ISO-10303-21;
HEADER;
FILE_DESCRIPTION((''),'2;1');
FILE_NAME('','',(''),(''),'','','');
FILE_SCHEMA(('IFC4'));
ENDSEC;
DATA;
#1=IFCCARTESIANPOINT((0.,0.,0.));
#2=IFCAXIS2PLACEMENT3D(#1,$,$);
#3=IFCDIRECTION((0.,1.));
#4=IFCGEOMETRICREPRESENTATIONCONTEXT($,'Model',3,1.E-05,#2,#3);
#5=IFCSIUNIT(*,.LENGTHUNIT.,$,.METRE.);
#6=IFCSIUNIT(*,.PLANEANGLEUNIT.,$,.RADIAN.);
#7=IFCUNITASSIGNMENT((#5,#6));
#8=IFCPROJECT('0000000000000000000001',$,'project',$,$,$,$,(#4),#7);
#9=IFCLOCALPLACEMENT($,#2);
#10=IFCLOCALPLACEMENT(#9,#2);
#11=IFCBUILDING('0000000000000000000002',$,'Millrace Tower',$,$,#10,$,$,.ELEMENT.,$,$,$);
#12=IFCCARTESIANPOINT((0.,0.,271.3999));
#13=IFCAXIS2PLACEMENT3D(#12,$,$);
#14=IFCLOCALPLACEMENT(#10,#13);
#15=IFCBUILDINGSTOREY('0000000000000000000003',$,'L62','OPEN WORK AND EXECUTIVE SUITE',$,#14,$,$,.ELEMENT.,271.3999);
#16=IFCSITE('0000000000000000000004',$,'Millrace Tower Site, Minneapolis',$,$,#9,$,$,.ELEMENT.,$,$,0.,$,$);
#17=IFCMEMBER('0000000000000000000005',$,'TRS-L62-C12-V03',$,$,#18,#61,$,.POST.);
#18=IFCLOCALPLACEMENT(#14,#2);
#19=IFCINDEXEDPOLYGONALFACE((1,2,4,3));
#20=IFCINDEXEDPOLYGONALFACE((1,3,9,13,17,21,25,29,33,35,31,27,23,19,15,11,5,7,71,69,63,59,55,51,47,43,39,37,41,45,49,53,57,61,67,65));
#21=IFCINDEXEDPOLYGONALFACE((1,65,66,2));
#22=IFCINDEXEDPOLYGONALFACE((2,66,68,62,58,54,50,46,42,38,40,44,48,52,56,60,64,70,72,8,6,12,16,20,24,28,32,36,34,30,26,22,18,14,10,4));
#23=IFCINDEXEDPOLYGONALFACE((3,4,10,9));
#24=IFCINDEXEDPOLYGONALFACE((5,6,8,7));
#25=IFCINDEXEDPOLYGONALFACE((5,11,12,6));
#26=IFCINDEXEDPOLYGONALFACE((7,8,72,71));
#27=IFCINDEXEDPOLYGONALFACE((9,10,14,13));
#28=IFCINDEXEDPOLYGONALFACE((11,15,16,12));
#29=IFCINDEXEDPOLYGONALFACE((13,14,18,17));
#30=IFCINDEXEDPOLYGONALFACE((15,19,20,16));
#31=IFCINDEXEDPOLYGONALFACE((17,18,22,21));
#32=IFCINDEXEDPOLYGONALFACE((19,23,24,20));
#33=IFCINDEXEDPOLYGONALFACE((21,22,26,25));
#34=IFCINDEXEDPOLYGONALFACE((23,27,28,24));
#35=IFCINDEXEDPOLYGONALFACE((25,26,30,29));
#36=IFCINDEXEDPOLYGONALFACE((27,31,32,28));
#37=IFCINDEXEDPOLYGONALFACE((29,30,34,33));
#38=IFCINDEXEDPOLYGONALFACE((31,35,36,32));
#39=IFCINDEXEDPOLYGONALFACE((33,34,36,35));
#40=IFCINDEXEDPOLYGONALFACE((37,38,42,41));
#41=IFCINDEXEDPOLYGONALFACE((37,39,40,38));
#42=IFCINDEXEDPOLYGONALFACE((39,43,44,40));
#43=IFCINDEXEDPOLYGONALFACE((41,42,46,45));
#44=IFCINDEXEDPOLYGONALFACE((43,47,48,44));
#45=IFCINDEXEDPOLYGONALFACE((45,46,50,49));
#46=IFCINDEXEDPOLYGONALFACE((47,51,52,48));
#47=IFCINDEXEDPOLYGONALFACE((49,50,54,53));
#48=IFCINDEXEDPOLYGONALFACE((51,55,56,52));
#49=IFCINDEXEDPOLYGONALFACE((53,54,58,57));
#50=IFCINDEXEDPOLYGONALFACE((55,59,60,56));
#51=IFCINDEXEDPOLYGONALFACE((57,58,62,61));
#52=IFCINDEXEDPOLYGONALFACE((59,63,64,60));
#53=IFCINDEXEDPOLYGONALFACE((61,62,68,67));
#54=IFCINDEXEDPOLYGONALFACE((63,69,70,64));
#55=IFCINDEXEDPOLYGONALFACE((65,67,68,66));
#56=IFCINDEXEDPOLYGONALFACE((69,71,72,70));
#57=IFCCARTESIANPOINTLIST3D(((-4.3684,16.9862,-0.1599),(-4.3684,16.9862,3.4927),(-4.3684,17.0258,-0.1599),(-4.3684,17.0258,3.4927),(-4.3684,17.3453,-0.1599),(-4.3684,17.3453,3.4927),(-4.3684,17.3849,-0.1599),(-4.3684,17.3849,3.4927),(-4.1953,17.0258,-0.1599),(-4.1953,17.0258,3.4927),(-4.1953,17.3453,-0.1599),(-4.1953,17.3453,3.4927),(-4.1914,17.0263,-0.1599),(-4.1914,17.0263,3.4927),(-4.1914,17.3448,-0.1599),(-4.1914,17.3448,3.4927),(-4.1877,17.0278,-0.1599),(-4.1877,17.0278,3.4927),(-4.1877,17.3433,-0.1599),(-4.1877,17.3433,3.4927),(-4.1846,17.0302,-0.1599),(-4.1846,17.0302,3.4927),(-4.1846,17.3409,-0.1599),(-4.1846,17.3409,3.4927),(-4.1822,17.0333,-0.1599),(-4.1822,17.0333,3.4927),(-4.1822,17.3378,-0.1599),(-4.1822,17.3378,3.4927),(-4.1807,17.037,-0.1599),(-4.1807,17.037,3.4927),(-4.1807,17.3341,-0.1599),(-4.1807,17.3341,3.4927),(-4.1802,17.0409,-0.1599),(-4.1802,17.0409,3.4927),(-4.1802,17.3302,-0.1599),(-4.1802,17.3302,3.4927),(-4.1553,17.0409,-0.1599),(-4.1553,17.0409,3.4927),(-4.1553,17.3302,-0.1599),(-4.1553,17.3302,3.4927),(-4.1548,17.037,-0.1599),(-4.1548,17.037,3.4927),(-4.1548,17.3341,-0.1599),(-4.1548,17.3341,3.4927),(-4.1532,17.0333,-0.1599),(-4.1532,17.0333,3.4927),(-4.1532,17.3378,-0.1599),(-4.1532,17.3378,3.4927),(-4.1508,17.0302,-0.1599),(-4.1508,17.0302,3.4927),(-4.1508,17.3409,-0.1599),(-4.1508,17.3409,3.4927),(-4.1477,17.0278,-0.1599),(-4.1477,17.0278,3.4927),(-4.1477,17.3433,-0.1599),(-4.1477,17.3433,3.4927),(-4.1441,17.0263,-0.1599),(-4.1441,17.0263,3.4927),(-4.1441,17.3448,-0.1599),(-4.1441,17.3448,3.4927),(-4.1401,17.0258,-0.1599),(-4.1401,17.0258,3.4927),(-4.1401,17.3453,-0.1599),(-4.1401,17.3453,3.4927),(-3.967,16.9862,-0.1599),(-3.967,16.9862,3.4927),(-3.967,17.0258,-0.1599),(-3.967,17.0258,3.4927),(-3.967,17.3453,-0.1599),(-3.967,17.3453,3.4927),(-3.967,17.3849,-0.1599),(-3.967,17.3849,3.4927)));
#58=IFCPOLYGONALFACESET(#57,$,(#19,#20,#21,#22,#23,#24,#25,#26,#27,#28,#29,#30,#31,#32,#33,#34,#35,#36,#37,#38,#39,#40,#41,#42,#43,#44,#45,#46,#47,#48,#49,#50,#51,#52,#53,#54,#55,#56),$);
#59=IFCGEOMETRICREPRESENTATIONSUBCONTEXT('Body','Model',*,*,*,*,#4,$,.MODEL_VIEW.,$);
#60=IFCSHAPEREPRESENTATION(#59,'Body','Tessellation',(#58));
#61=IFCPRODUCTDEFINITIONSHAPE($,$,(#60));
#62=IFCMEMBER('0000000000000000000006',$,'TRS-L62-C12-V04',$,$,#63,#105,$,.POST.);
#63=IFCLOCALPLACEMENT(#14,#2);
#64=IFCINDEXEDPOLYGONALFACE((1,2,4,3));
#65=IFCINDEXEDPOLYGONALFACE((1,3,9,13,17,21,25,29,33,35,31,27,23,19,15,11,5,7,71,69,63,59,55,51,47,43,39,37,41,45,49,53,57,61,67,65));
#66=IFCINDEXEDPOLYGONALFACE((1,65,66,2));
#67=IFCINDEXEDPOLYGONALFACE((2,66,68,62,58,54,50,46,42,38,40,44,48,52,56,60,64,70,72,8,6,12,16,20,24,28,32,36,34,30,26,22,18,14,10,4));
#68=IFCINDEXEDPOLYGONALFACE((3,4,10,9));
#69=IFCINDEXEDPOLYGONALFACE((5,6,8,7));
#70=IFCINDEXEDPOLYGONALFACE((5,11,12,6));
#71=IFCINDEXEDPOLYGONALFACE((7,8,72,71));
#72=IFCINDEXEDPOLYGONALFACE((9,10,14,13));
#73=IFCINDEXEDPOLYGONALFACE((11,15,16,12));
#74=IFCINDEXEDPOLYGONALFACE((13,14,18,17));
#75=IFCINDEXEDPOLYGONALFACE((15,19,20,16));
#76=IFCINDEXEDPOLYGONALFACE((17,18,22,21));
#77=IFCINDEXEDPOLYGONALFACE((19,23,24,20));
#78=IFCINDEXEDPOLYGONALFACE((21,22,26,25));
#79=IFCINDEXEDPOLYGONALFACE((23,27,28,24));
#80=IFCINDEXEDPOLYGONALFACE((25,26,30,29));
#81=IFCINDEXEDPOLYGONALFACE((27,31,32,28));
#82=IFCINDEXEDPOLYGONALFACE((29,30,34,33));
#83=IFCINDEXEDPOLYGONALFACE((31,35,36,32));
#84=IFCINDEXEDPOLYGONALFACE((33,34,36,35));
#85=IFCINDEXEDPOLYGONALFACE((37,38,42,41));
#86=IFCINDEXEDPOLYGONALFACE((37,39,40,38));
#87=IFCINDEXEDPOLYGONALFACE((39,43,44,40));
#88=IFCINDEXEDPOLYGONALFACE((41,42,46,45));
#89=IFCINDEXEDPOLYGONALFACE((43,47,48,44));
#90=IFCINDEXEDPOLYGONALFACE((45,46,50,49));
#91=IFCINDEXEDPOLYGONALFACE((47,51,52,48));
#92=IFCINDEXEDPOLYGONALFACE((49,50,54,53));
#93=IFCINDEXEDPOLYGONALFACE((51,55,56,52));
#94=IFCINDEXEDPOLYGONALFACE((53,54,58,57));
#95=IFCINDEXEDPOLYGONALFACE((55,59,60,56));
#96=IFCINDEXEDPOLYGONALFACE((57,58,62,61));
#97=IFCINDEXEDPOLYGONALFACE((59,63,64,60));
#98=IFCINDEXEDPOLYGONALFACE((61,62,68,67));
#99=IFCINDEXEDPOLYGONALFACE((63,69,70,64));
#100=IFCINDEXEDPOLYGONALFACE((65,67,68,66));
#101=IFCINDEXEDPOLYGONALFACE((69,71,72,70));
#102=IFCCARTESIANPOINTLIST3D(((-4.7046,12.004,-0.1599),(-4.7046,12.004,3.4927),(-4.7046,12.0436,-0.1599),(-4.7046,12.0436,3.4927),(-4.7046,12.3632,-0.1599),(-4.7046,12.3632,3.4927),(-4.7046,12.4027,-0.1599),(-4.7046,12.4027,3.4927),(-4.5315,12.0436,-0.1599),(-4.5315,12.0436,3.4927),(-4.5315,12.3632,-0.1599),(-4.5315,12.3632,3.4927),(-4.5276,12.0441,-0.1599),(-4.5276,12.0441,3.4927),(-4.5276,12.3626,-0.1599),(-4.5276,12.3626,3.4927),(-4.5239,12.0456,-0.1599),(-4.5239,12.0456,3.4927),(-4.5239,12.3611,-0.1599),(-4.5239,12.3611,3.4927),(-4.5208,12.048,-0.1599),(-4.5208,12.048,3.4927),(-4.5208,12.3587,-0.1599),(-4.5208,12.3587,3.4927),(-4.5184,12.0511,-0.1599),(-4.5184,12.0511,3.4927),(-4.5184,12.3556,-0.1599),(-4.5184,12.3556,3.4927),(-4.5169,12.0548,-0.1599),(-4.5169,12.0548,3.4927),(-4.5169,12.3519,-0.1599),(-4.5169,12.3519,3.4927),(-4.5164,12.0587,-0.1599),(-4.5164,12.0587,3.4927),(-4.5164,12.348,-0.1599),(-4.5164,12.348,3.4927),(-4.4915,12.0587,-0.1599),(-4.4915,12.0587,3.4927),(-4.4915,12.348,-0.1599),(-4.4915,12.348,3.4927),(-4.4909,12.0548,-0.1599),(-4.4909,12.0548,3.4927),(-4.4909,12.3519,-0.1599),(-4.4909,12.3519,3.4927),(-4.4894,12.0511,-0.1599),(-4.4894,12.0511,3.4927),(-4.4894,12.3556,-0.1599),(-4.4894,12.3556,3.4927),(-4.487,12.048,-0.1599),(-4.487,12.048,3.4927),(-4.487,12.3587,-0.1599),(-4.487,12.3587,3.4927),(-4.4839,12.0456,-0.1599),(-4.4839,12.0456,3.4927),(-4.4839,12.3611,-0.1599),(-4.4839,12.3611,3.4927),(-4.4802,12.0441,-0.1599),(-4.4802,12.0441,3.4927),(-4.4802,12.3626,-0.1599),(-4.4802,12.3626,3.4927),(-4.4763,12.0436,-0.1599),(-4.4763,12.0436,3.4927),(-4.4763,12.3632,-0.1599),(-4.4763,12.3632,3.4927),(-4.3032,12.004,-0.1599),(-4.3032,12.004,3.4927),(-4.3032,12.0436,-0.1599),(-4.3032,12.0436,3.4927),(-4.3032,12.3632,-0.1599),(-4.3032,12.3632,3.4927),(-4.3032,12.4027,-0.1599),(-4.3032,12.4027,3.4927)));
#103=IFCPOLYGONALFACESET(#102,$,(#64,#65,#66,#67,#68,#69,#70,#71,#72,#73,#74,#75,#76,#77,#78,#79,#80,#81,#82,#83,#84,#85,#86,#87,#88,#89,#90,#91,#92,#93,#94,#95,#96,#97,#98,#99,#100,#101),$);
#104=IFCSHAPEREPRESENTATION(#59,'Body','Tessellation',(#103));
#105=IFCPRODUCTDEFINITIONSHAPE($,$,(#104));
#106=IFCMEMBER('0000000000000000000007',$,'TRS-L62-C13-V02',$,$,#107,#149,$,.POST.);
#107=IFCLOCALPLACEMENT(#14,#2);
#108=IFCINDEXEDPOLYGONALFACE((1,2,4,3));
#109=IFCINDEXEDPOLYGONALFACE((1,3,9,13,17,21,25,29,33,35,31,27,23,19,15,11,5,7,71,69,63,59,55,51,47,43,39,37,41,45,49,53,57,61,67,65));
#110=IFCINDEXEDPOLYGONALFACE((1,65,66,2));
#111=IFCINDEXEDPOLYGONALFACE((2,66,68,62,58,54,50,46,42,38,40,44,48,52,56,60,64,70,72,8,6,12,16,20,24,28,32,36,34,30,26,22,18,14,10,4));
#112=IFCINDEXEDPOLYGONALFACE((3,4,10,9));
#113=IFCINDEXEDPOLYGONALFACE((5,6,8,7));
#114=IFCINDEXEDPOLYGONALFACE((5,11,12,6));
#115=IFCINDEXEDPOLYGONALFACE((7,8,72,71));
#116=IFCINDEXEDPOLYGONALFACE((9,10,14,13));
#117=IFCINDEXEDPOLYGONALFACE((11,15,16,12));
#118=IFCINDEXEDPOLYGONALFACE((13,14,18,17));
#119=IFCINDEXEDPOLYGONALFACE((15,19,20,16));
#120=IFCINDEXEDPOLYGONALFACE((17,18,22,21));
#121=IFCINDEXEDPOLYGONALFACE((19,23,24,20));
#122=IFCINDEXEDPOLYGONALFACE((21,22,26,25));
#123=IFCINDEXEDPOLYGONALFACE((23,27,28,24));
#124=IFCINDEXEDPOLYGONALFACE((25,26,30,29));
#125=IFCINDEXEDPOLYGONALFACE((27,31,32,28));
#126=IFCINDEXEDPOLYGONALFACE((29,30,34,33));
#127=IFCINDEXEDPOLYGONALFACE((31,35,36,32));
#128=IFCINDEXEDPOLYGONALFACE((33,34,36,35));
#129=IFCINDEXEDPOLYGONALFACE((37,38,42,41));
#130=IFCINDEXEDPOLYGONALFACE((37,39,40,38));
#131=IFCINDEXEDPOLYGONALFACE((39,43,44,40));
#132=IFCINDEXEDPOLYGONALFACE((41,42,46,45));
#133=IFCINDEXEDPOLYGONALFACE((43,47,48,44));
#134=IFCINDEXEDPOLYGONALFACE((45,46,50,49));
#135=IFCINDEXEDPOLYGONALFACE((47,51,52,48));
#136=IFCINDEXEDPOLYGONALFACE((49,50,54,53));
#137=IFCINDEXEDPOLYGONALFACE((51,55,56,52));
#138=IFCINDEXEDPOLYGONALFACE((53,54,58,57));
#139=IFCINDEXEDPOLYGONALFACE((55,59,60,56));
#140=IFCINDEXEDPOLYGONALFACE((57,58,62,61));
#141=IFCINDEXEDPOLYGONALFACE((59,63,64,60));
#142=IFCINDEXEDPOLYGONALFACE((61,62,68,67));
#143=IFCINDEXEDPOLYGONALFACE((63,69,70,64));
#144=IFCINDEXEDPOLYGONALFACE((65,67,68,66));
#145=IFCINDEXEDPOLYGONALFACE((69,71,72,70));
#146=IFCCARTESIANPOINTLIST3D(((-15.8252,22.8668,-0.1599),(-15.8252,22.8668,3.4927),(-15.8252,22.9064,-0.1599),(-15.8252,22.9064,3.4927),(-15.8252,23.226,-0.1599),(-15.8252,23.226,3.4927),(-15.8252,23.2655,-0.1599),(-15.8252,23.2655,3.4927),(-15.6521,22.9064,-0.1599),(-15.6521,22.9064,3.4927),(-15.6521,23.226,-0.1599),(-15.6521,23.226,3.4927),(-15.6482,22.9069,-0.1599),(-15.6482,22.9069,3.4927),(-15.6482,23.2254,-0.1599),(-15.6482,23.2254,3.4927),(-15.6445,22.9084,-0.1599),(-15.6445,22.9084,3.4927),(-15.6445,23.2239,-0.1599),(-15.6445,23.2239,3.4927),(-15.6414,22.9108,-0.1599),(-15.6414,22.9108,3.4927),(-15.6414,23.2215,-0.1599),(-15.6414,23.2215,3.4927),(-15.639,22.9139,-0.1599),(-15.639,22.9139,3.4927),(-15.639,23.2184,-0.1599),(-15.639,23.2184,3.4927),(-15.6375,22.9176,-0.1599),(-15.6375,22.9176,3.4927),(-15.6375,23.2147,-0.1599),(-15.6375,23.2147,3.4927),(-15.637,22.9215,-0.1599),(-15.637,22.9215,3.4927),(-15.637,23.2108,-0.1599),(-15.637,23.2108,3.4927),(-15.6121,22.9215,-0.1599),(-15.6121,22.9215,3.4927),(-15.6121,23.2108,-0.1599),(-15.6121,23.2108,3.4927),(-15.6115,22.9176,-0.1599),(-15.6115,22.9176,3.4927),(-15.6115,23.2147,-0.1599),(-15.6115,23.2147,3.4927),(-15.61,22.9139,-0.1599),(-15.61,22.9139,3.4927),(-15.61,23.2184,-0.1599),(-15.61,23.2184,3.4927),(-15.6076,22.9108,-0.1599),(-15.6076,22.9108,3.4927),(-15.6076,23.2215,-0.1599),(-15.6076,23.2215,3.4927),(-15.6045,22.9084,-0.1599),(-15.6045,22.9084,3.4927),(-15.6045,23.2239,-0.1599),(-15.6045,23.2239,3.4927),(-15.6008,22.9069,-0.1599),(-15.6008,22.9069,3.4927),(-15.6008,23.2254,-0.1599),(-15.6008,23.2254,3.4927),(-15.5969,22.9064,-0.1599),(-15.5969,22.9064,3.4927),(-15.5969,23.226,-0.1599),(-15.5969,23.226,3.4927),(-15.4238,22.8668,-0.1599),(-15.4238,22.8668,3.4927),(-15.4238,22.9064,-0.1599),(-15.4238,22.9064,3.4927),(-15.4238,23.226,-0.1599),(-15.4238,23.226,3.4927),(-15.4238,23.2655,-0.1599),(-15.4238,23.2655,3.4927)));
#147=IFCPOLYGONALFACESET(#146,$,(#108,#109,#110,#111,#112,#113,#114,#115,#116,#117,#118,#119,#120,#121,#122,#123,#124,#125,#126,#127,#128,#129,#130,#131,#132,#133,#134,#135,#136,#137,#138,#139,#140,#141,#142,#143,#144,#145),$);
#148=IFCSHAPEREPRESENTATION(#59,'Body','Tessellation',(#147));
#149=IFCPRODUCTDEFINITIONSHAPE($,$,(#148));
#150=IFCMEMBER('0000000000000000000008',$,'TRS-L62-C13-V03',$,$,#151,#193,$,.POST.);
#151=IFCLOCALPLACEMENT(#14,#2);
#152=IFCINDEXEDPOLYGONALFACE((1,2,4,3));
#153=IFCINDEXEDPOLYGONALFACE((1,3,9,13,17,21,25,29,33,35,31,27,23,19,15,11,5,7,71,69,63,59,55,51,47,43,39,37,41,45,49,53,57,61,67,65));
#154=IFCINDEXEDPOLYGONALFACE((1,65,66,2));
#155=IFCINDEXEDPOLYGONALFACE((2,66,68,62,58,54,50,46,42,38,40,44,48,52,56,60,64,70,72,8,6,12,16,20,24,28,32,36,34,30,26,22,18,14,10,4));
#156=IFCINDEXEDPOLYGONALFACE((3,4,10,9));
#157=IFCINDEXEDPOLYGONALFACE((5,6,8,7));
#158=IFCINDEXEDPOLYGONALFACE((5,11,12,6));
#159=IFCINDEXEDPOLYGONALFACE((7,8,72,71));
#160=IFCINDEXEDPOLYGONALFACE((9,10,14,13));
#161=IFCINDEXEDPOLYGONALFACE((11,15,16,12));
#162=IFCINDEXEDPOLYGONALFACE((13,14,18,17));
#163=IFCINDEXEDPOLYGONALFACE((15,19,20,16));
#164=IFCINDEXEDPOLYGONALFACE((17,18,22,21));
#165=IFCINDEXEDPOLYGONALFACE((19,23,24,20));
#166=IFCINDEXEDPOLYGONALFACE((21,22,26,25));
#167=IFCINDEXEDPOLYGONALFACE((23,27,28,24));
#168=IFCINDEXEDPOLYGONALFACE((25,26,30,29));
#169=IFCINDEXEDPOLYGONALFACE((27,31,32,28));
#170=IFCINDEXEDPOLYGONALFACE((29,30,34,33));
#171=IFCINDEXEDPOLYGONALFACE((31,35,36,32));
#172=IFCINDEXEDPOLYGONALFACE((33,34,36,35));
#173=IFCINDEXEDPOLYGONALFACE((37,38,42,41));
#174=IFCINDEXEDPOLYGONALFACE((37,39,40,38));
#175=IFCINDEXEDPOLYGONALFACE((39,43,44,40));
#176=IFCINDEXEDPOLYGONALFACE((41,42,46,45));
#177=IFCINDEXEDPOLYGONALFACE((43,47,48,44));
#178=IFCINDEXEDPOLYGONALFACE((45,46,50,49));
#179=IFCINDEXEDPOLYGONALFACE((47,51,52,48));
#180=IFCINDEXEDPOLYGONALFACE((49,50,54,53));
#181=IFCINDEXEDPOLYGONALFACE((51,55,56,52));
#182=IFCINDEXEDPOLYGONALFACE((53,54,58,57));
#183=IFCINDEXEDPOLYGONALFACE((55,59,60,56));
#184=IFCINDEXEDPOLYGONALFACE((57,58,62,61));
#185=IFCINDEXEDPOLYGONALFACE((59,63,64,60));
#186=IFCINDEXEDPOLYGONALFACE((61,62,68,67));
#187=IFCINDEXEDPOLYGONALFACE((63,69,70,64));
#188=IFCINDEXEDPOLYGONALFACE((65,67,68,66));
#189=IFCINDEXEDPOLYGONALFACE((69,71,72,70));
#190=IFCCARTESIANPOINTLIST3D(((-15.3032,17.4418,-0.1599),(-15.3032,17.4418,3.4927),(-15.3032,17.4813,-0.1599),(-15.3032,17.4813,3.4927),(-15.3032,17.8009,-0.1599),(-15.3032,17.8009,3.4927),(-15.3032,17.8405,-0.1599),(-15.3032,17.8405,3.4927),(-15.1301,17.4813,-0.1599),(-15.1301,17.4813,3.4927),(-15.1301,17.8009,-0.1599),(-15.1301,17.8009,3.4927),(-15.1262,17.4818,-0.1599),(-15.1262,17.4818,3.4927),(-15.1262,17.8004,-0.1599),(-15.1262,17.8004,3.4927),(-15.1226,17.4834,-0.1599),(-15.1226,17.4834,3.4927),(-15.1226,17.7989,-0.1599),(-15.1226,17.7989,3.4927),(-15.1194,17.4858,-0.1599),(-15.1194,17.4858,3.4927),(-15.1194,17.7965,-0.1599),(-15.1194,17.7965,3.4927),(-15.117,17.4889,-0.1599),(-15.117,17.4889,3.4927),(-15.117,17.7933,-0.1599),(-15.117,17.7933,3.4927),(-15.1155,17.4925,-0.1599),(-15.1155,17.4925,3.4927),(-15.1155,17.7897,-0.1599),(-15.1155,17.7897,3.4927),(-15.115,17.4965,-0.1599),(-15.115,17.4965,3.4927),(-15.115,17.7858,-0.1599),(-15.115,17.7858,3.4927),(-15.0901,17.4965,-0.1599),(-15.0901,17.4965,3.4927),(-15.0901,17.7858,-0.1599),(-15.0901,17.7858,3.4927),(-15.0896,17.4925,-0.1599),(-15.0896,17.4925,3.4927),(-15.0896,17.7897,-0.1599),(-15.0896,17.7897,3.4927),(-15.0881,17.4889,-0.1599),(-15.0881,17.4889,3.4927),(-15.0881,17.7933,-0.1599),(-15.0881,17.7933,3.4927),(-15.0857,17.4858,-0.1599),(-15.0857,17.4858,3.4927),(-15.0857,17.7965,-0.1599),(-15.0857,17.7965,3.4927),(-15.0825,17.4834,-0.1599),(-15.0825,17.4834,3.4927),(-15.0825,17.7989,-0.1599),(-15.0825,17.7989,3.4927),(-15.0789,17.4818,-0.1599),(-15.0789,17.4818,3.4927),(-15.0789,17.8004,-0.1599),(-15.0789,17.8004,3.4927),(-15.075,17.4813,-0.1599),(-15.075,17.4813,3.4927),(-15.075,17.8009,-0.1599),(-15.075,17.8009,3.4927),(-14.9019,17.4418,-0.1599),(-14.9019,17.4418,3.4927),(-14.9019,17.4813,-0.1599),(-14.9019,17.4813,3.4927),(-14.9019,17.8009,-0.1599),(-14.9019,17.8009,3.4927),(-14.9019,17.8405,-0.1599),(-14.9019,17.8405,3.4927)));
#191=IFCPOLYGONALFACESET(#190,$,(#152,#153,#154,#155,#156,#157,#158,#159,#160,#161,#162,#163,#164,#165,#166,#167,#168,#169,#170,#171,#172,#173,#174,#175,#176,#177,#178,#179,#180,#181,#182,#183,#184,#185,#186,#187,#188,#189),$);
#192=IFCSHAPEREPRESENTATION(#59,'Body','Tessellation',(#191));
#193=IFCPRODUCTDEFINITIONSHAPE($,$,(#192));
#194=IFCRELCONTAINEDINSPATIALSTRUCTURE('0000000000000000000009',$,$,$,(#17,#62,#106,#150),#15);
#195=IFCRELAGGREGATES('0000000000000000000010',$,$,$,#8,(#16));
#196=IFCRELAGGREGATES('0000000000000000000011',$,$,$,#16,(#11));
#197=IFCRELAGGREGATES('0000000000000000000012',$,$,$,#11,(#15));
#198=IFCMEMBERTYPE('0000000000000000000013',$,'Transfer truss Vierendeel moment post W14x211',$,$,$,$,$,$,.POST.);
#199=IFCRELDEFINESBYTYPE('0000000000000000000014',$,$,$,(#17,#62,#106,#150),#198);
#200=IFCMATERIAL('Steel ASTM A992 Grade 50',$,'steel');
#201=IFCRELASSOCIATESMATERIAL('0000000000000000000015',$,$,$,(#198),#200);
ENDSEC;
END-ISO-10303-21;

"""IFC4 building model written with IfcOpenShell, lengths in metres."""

from ifc_helpers import new_model, si_unit, direction, frame, origin, origin_2d, place, context, subcontext, project, spatial, i_section, extrude, material, material_profile, profile_set, type_object, element, save


model = new_model("IFC4")

# Units and contexts
model_context = context("Model", 3, precision=1e-05, world=origin(), true_north=direction((0.0, 1.0)))
body_context = subcontext(model_context, "Body", "Model", "MODEL_VIEW")
ifc_project = project(units=[si_unit("LENGTHUNIT", "METRE"), si_unit("PLANEANGLEUNIT", "RADIAN")], contexts=[model_context])

# Site, building, storey
site_placement = place(None, origin())
site = spatial("IfcSite", under=ifc_project, at=site_placement, Name="Millrace Tower Site, Minneapolis", CompositionType="ELEMENT", RefElevation=0.0)
building_placement = place(site_placement, origin())
building = spatial("IfcBuilding", under=site, at=building_placement, Name="Millrace Tower", CompositionType="ELEMENT")
storey_placement = place(building_placement, frame((0.0, 0.0, 271.3999)))
storey = spatial("IfcBuildingStorey", under=building, at=storey_placement, Name="L62", Description="OPEN WORK AND EXECUTIVE SUITE", CompositionType="ELEMENT", Elevation=271.3999)

# Members
ifc_material_1 = material(Name="Steel ASTM A992 Grade 50", Category="steel")
ifc_material_profile_1 = material_profile(ifc_material_1, i_section(OverallWidth=0.4014, OverallDepth=0.3987, WebThickness=0.0249, FlangeThickness=0.0396, FilletRadius=0.0151, at=origin_2d()))
ifc_profile_set_1 = profile_set([ifc_material_profile_1], Name="Steel ASTM A992 Grade 50")
member_type = type_object("IfcMemberType", Name="Transfer truss Vierendeel moment post W14x211", PredefinedType="POST", material=ifc_profile_set_1)
for number, where, z_axis, x_axis, name in (
    (1, (-4.1677, 17.1855, -0.1599), (0.0, 0.0, 1.0), (1.0, 0.0, 0.0), "TRS-L62-C12-V03"),
    (2, (-4.5039, 12.2034, -0.1599), (0.0, 0.0, 1.0), (1.0, 0.0, 0.0), "TRS-L62-C12-V04"),
    (3, (-15.6245, 23.0662, -0.1599), (0.0, 0.0, 1.0), (1.0, 0.0, 0.0), "TRS-L62-C13-V02"),
    (4, (-15.1025, 17.6411, -0.1599), (0.0, 0.0, 1.0), (1.0, 0.0, 0.0), "TRS-L62-C13-V03"),
):
    element("IfcMember", number, at=place(storey_placement, frame(where, z_axis=z_axis, x_axis=x_axis)), inside=storey, type_object=member_type, Name=name, PredefinedType="POST", context=body_context, shape_type="SweptSolid", body=[
        extrude(i_section(OverallWidth=0.4014, OverallDepth=0.3987, WebThickness=0.0249, FlangeThickness=0.0396, FilletRadius=0.0151, at=origin_2d()), origin(), (0.0, 0.0, 1.0), 3.6526),
    ])

save(model, "model.ifc")
